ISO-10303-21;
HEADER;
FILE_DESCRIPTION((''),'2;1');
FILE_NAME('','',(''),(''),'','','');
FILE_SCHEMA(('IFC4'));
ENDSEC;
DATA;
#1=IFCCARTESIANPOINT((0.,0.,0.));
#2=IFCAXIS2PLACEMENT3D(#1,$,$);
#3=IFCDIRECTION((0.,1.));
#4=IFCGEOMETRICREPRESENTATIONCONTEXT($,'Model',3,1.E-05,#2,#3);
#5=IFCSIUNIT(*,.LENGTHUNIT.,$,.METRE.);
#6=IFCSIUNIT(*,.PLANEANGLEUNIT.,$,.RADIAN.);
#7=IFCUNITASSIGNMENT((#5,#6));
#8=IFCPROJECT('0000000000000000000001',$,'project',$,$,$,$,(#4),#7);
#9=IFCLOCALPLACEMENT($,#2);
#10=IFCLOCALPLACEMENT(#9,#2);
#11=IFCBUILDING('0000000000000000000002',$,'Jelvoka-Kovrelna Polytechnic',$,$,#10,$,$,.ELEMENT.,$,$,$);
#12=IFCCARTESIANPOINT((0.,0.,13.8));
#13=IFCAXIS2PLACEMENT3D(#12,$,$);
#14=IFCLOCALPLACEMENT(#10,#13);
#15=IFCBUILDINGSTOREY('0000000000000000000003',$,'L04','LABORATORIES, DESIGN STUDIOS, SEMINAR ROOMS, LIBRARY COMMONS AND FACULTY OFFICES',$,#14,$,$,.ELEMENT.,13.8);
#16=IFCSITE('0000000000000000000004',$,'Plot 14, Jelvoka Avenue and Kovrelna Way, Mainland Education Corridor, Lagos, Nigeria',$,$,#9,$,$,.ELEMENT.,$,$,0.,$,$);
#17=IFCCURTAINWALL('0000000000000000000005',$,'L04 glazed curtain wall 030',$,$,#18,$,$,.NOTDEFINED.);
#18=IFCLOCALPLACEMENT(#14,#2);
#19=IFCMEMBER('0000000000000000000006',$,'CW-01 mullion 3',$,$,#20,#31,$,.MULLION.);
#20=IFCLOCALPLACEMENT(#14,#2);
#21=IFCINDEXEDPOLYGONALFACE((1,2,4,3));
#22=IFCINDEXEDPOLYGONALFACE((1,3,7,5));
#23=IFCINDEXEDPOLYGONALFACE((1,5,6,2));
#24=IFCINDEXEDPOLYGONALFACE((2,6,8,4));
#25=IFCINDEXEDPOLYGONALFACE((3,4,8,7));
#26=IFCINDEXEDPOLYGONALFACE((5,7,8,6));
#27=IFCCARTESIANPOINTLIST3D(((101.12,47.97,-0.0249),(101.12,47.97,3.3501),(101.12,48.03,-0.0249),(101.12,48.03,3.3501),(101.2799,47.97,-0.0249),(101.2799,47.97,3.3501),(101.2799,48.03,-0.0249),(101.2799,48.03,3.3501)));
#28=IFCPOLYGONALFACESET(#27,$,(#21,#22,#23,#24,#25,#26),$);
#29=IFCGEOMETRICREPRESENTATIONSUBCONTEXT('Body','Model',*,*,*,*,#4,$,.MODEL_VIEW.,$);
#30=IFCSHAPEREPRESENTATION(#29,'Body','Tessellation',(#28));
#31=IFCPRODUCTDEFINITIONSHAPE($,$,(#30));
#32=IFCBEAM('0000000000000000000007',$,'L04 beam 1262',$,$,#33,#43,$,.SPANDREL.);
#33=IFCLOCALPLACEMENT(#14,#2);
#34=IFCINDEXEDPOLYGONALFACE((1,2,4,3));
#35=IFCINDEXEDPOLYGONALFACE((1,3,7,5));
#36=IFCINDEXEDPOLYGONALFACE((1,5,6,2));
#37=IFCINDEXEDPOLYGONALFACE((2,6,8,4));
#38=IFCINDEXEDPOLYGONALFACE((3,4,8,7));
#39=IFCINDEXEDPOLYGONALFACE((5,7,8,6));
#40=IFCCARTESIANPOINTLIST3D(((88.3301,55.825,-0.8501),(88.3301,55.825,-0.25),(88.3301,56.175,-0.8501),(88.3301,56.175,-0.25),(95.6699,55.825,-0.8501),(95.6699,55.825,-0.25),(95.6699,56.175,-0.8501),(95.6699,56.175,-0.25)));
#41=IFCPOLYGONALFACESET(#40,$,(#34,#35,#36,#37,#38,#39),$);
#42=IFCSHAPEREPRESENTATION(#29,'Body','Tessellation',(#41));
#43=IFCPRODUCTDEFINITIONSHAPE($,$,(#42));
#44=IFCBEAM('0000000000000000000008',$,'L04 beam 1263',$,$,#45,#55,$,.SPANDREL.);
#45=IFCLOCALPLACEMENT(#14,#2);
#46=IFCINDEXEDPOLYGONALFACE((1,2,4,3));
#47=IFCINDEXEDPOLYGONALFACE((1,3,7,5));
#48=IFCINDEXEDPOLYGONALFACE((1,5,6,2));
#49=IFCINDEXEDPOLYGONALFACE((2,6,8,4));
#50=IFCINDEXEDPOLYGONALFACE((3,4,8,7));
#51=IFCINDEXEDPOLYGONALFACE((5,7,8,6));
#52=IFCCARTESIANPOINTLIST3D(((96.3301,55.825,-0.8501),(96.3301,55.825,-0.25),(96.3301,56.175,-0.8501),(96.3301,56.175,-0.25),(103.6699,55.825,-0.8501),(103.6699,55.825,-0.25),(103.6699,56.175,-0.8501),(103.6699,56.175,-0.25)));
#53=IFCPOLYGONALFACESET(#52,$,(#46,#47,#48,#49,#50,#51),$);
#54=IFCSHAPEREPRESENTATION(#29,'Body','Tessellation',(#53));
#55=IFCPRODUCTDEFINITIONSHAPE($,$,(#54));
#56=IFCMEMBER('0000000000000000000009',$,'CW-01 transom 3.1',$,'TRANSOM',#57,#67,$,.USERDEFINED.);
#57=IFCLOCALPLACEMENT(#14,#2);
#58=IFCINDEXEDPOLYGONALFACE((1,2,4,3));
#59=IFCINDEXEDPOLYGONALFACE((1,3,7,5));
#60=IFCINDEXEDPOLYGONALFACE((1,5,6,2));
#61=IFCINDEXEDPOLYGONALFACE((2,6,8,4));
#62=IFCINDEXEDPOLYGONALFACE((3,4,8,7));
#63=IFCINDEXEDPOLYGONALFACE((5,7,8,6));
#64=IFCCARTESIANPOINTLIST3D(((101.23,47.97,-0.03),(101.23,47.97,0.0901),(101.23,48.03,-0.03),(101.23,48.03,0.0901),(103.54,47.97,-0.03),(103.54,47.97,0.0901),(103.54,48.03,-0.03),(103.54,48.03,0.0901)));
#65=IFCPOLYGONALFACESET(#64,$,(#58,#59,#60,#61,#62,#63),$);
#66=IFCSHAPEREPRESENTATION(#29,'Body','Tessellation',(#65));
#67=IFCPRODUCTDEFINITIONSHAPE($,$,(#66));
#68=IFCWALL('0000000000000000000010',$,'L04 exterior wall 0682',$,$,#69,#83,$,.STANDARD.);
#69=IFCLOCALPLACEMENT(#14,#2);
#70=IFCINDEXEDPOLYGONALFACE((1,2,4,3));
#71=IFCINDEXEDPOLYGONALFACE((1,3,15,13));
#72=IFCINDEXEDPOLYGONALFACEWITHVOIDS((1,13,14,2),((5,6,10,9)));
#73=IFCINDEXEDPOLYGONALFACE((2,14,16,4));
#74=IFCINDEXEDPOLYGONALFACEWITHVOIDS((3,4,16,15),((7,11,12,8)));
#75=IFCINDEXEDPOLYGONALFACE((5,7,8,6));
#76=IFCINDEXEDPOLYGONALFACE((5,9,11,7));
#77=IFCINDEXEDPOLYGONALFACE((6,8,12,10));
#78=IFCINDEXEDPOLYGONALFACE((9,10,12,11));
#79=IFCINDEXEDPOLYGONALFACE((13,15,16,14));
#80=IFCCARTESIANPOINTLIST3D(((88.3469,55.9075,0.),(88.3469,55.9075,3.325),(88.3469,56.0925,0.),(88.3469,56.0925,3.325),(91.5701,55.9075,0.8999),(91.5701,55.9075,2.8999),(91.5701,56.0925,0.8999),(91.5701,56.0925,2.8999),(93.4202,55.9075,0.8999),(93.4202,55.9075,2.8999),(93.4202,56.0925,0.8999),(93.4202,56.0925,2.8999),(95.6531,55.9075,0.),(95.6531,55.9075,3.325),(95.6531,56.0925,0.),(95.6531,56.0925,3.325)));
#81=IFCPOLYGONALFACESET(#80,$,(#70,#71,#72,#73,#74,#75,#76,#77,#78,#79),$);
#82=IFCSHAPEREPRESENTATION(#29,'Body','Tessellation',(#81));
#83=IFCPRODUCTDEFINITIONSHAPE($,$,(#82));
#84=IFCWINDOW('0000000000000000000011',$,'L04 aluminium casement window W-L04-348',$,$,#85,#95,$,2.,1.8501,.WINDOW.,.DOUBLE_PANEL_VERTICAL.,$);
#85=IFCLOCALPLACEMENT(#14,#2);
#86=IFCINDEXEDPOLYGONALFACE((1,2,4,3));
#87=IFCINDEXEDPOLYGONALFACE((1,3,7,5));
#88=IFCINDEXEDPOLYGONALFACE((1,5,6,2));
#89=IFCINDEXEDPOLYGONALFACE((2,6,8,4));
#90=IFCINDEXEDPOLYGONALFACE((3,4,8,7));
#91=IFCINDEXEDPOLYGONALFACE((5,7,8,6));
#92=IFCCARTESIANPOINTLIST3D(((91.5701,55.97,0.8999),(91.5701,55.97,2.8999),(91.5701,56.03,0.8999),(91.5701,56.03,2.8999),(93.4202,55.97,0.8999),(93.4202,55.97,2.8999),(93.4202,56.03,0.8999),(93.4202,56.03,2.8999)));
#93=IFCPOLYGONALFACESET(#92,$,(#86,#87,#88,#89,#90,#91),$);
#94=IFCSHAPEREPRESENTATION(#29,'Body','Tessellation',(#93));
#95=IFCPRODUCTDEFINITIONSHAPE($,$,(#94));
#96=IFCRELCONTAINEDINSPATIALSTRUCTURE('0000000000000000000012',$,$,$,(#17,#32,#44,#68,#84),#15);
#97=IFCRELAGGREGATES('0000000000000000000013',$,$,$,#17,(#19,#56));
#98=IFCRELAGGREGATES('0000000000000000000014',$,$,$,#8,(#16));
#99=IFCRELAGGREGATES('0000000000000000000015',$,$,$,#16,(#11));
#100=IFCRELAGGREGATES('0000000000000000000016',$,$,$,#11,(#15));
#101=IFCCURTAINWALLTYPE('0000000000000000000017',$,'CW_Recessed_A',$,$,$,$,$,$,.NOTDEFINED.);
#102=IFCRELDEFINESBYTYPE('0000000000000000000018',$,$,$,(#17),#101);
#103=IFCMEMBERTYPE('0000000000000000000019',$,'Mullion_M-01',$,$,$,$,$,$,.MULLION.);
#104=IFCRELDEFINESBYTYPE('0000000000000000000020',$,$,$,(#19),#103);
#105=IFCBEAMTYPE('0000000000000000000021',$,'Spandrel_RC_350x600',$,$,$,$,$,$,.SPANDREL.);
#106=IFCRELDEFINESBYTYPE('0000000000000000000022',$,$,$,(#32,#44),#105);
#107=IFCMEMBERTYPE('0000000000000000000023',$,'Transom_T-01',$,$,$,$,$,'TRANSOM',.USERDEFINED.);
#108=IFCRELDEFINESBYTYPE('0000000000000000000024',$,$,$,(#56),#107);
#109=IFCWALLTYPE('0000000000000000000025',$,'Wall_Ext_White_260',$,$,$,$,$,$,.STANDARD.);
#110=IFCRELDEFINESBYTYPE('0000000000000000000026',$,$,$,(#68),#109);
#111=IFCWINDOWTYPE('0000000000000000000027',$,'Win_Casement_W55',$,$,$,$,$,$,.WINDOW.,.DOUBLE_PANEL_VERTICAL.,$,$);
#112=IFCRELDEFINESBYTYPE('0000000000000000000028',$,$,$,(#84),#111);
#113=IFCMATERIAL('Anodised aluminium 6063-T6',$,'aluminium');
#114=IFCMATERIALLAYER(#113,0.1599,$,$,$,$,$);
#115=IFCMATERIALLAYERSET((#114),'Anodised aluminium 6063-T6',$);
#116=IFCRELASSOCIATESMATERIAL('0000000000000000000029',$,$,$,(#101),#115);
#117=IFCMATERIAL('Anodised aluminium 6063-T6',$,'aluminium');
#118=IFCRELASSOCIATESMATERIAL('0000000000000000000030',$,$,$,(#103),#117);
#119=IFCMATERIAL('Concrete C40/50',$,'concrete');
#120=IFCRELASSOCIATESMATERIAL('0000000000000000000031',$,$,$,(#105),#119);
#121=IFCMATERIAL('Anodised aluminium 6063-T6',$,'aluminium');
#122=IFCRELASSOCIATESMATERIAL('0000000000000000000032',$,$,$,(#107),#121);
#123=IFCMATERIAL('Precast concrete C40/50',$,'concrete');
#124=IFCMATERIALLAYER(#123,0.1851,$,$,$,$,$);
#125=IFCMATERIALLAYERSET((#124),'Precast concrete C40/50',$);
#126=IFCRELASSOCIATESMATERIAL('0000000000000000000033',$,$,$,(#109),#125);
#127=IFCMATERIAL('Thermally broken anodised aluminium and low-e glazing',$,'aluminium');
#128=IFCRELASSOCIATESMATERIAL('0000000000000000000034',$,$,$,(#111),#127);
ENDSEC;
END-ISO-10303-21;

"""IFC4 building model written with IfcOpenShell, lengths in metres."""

from ifc_helpers import new_model, si_unit, direction, frame, frame_2d, origin, origin_2d, place, context, subcontext, project, spatial, rectangle, extrude, material, layer, layer_set, material_profile, profile_set, type_object, element, fill, aggregate, save


model = new_model("IFC4")

# Units and contexts
model_context = context("Model", 3, precision=1e-05, world=origin(), true_north=direction((0.0, 1.0)))
body_context = subcontext(model_context, "Body", "Model", "MODEL_VIEW")
ifc_project = project(units=[si_unit("LENGTHUNIT", "METRE"), si_unit("PLANEANGLEUNIT", "RADIAN")], contexts=[model_context])

# Site, building, storey
site_placement = place(None, origin())
site = spatial("IfcSite", under=ifc_project, at=site_placement, Name="Plot 14, Jelvoka Avenue and Kovrelna Way, Mainland Education Corridor, Lagos, Nigeria", CompositionType="ELEMENT", RefElevation=0.0)
building_placement = place(site_placement, origin())
building = spatial("IfcBuilding", under=site, at=building_placement, Name="Jelvoka-Kovrelna Polytechnic", CompositionType="ELEMENT")
storey_placement = place(building_placement, frame((0.0, 0.0, 13.8)))
storey = spatial("IfcBuildingStorey", under=building, at=storey_placement, Name="L04", Description="LABORATORIES, DESIGN STUDIOS, SEMINAR ROOMS, LIBRARY COMMONS AND FACULTY OFFICES", CompositionType="ELEMENT", Elevation=13.8)

# Curtain wall, member
ifc_material_1 = material(Name="Anodised aluminium 6063-T6", Category="aluminium")
ifc_layer_1 = layer(ifc_material_1, 0.1599)
ifc_layer_set_1 = layer_set([ifc_layer_1], Name="Anodised aluminium 6063-T6")
curtain_wall_type = type_object("IfcCurtainWallType", Name="CW_Recessed_A", PredefinedType="NOTDEFINED", material=ifc_layer_set_1)
curtain_wall_placement = place(storey_placement, origin())
curtain_wall = element("IfcCurtainWall", 1, at=curtain_wall_placement, inside=storey, type_object=curtain_wall_type, Name="L04 glazed curtain wall 030", PredefinedType="NOTDEFINED")
ifc_material_2 = material(Name="Anodised aluminium 6063-T6", Category="aluminium")
ifc_material_profile_1 = material_profile(ifc_material_2, rectangle(XDim=0.0601, YDim=0.1599, at=origin_2d()), Name="ALU 60x160")
ifc_profile_set_1 = profile_set([ifc_material_profile_1], Name="Anodised aluminium 6063-T6")
member_type_1 = type_object("IfcMemberType", Name="Mullion_M-01", PredefinedType="MULLION", material=ifc_profile_set_1)
member_1_placement = place(storey_placement, frame((101.2, 48.0, -0.0249), z_axis=(0.0, 0.0, 1.0), x_axis=(0.0, 1.0, 0.0)))
member_1 = element("IfcMember", 2, at=member_1_placement, type_object=member_type_1, Name="CW-01 mullion 3", PredefinedType="MULLION", context=body_context, shape_type="SweptSolid", body=[
    extrude(rectangle(XDim=0.0601, YDim=0.1599, at=origin_2d()), origin(), (0.0, 0.0, 1.0), 3.375),
])

# Beams
ifc_material_3 = material(Name="Concrete C40/50", Category="concrete")
ifc_material_profile_2 = material_profile(ifc_material_3, rectangle(XDim=0.3501, YDim=0.6001, at=origin_2d()), Name="RC 350x600")
ifc_profile_set_2 = profile_set([ifc_material_profile_2], Name="Concrete C40/50")
beam_type_1 = type_object("IfcBeamType", Name="Spandrel_RC_350x600", PredefinedType="SPANDREL", material=ifc_profile_set_2)
for number, where, z_axis, x_axis, name in (
    (3, (88.3301, 56.0, -0.55), (1.0, 0.0, 0.0), (0.0, 1.0, 0.0), "L04 beam 1262"),
    (4, (96.3301, 56.0, -0.55), (1.0, 0.0, 0.0), (0.0, 1.0, 0.0), "L04 beam 1263"),
):
    element("IfcBeam", number, at=place(storey_placement, frame(where, z_axis=z_axis, x_axis=x_axis)), inside=storey, type_object=beam_type_1, Name=name, PredefinedType="SPANDREL", context=body_context, shape_type="SweptSolid", body=[
        extrude(rectangle(XDim=0.3501, YDim=0.6001, at=origin_2d()), origin(), (0.0, 0.0, 1.0), 7.3398),
    ])

# Member
ifc_material_4 = material(Name="Anodised aluminium 6063-T6", Category="aluminium")
ifc_material_profile_3 = material_profile(ifc_material_4, rectangle(XDim=0.0601, YDim=0.1201, at=origin_2d()), Name="ALU 60x120")
ifc_profile_set_3 = profile_set([ifc_material_profile_3], Name="Anodised aluminium 6063-T6")
member_type_2 = type_object("IfcMemberType", Name="Transom_T-01", ElementType="TRANSOM", PredefinedType="USERDEFINED", material=ifc_profile_set_3)
member_2_placement = place(storey_placement, frame((101.23, 48.0, 0.03), z_axis=(1.0, 0.0, 0.0), x_axis=(0.0, 1.0, 0.0)))
member_2 = element("IfcMember", 5, at=member_2_placement, type_object=member_type_2, Name="CW-01 transom 3.1", ObjectType="TRANSOM", PredefinedType="USERDEFINED", context=body_context, shape_type="SweptSolid", body=[
    extrude(rectangle(XDim=0.0601, YDim=0.1201, at=origin_2d()), origin(), (0.0, 0.0, 1.0), 2.3101),
])
aggregate(curtain_wall, [member_1, member_2])

# Wall, opening, window
ifc_material_5 = material(Name="Precast concrete C40/50", Category="concrete")
ifc_layer_2 = layer(ifc_material_5, 0.1851)
ifc_layer_set_2 = layer_set([ifc_layer_2], Name="Precast concrete C40/50")
wall_type = type_object("IfcWallType", Name="Wall_Ext_White_260", PredefinedType="STANDARD", material=ifc_layer_set_2)
wall_placement = place(storey_placement, frame((95.6531, 56.0, 0.0), z_axis=(0.0, 0.0, 1.0), x_axis=(-1.0, 0.0, 0.0)))
wall = element("IfcWall", 6, at=wall_placement, inside=storey, type_object=wall_type, Name="L04 exterior wall 0682", PredefinedType="STANDARD", context=body_context, shape_type="SweptSolid", body=[
    extrude(rectangle(XDim=7.3062, YDim=0.1851, at=frame_2d((3.6531, 0.0))), origin(), (0.0, 0.0, 1.0), 3.325),
])
opening_placement = place(wall_placement, frame((2.2329, 0.0, 0.8999)))
opening = element("IfcOpeningElement", 7, at=opening_placement, cuts=wall, PredefinedType="OPENING", context=body_context, shape_type="SweptSolid", body=[
    extrude(rectangle(XDim=1.8501, YDim=2.0, at=frame_2d((0.925, 1.0))), frame((0.0, 0.1025, 0.0), z_axis=(0.0, -1.0, 0.0), x_axis=(1.0, 0.0, 0.0)), (0.0, 0.0, 1.0), 0.2051),
])
ifc_material_6 = material(Name="Thermally broken anodised aluminium and low-e glazing", Category="aluminium")
window_type = type_object("IfcWindowType", Name="Win_Casement_W55", PartitioningType="DOUBLE_PANEL_VERTICAL", PredefinedType="WINDOW", material=ifc_material_6)
window_placement = place(opening_placement, origin())
window = element("IfcWindow", 8, at=window_placement, inside=storey, type_object=window_type, Name="L04 aluminium casement window W-L04-348", OverallHeight=2.0, OverallWidth=1.8501, PartitioningType="DOUBLE_PANEL_VERTICAL", PredefinedType="WINDOW", context=body_context, shape_type="SweptSolid", body=[
    extrude(rectangle(XDim=1.8501, YDim=2.0, at=frame_2d((0.925, 1.0))), frame((0.0, 0.03, 0.0), z_axis=(0.0, -1.0, 0.0), x_axis=(1.0, 0.0, 0.0)), (0.0, 0.0, 1.0), 0.0601),
])
fill(opening, window)

save(model, "model.ifc")
